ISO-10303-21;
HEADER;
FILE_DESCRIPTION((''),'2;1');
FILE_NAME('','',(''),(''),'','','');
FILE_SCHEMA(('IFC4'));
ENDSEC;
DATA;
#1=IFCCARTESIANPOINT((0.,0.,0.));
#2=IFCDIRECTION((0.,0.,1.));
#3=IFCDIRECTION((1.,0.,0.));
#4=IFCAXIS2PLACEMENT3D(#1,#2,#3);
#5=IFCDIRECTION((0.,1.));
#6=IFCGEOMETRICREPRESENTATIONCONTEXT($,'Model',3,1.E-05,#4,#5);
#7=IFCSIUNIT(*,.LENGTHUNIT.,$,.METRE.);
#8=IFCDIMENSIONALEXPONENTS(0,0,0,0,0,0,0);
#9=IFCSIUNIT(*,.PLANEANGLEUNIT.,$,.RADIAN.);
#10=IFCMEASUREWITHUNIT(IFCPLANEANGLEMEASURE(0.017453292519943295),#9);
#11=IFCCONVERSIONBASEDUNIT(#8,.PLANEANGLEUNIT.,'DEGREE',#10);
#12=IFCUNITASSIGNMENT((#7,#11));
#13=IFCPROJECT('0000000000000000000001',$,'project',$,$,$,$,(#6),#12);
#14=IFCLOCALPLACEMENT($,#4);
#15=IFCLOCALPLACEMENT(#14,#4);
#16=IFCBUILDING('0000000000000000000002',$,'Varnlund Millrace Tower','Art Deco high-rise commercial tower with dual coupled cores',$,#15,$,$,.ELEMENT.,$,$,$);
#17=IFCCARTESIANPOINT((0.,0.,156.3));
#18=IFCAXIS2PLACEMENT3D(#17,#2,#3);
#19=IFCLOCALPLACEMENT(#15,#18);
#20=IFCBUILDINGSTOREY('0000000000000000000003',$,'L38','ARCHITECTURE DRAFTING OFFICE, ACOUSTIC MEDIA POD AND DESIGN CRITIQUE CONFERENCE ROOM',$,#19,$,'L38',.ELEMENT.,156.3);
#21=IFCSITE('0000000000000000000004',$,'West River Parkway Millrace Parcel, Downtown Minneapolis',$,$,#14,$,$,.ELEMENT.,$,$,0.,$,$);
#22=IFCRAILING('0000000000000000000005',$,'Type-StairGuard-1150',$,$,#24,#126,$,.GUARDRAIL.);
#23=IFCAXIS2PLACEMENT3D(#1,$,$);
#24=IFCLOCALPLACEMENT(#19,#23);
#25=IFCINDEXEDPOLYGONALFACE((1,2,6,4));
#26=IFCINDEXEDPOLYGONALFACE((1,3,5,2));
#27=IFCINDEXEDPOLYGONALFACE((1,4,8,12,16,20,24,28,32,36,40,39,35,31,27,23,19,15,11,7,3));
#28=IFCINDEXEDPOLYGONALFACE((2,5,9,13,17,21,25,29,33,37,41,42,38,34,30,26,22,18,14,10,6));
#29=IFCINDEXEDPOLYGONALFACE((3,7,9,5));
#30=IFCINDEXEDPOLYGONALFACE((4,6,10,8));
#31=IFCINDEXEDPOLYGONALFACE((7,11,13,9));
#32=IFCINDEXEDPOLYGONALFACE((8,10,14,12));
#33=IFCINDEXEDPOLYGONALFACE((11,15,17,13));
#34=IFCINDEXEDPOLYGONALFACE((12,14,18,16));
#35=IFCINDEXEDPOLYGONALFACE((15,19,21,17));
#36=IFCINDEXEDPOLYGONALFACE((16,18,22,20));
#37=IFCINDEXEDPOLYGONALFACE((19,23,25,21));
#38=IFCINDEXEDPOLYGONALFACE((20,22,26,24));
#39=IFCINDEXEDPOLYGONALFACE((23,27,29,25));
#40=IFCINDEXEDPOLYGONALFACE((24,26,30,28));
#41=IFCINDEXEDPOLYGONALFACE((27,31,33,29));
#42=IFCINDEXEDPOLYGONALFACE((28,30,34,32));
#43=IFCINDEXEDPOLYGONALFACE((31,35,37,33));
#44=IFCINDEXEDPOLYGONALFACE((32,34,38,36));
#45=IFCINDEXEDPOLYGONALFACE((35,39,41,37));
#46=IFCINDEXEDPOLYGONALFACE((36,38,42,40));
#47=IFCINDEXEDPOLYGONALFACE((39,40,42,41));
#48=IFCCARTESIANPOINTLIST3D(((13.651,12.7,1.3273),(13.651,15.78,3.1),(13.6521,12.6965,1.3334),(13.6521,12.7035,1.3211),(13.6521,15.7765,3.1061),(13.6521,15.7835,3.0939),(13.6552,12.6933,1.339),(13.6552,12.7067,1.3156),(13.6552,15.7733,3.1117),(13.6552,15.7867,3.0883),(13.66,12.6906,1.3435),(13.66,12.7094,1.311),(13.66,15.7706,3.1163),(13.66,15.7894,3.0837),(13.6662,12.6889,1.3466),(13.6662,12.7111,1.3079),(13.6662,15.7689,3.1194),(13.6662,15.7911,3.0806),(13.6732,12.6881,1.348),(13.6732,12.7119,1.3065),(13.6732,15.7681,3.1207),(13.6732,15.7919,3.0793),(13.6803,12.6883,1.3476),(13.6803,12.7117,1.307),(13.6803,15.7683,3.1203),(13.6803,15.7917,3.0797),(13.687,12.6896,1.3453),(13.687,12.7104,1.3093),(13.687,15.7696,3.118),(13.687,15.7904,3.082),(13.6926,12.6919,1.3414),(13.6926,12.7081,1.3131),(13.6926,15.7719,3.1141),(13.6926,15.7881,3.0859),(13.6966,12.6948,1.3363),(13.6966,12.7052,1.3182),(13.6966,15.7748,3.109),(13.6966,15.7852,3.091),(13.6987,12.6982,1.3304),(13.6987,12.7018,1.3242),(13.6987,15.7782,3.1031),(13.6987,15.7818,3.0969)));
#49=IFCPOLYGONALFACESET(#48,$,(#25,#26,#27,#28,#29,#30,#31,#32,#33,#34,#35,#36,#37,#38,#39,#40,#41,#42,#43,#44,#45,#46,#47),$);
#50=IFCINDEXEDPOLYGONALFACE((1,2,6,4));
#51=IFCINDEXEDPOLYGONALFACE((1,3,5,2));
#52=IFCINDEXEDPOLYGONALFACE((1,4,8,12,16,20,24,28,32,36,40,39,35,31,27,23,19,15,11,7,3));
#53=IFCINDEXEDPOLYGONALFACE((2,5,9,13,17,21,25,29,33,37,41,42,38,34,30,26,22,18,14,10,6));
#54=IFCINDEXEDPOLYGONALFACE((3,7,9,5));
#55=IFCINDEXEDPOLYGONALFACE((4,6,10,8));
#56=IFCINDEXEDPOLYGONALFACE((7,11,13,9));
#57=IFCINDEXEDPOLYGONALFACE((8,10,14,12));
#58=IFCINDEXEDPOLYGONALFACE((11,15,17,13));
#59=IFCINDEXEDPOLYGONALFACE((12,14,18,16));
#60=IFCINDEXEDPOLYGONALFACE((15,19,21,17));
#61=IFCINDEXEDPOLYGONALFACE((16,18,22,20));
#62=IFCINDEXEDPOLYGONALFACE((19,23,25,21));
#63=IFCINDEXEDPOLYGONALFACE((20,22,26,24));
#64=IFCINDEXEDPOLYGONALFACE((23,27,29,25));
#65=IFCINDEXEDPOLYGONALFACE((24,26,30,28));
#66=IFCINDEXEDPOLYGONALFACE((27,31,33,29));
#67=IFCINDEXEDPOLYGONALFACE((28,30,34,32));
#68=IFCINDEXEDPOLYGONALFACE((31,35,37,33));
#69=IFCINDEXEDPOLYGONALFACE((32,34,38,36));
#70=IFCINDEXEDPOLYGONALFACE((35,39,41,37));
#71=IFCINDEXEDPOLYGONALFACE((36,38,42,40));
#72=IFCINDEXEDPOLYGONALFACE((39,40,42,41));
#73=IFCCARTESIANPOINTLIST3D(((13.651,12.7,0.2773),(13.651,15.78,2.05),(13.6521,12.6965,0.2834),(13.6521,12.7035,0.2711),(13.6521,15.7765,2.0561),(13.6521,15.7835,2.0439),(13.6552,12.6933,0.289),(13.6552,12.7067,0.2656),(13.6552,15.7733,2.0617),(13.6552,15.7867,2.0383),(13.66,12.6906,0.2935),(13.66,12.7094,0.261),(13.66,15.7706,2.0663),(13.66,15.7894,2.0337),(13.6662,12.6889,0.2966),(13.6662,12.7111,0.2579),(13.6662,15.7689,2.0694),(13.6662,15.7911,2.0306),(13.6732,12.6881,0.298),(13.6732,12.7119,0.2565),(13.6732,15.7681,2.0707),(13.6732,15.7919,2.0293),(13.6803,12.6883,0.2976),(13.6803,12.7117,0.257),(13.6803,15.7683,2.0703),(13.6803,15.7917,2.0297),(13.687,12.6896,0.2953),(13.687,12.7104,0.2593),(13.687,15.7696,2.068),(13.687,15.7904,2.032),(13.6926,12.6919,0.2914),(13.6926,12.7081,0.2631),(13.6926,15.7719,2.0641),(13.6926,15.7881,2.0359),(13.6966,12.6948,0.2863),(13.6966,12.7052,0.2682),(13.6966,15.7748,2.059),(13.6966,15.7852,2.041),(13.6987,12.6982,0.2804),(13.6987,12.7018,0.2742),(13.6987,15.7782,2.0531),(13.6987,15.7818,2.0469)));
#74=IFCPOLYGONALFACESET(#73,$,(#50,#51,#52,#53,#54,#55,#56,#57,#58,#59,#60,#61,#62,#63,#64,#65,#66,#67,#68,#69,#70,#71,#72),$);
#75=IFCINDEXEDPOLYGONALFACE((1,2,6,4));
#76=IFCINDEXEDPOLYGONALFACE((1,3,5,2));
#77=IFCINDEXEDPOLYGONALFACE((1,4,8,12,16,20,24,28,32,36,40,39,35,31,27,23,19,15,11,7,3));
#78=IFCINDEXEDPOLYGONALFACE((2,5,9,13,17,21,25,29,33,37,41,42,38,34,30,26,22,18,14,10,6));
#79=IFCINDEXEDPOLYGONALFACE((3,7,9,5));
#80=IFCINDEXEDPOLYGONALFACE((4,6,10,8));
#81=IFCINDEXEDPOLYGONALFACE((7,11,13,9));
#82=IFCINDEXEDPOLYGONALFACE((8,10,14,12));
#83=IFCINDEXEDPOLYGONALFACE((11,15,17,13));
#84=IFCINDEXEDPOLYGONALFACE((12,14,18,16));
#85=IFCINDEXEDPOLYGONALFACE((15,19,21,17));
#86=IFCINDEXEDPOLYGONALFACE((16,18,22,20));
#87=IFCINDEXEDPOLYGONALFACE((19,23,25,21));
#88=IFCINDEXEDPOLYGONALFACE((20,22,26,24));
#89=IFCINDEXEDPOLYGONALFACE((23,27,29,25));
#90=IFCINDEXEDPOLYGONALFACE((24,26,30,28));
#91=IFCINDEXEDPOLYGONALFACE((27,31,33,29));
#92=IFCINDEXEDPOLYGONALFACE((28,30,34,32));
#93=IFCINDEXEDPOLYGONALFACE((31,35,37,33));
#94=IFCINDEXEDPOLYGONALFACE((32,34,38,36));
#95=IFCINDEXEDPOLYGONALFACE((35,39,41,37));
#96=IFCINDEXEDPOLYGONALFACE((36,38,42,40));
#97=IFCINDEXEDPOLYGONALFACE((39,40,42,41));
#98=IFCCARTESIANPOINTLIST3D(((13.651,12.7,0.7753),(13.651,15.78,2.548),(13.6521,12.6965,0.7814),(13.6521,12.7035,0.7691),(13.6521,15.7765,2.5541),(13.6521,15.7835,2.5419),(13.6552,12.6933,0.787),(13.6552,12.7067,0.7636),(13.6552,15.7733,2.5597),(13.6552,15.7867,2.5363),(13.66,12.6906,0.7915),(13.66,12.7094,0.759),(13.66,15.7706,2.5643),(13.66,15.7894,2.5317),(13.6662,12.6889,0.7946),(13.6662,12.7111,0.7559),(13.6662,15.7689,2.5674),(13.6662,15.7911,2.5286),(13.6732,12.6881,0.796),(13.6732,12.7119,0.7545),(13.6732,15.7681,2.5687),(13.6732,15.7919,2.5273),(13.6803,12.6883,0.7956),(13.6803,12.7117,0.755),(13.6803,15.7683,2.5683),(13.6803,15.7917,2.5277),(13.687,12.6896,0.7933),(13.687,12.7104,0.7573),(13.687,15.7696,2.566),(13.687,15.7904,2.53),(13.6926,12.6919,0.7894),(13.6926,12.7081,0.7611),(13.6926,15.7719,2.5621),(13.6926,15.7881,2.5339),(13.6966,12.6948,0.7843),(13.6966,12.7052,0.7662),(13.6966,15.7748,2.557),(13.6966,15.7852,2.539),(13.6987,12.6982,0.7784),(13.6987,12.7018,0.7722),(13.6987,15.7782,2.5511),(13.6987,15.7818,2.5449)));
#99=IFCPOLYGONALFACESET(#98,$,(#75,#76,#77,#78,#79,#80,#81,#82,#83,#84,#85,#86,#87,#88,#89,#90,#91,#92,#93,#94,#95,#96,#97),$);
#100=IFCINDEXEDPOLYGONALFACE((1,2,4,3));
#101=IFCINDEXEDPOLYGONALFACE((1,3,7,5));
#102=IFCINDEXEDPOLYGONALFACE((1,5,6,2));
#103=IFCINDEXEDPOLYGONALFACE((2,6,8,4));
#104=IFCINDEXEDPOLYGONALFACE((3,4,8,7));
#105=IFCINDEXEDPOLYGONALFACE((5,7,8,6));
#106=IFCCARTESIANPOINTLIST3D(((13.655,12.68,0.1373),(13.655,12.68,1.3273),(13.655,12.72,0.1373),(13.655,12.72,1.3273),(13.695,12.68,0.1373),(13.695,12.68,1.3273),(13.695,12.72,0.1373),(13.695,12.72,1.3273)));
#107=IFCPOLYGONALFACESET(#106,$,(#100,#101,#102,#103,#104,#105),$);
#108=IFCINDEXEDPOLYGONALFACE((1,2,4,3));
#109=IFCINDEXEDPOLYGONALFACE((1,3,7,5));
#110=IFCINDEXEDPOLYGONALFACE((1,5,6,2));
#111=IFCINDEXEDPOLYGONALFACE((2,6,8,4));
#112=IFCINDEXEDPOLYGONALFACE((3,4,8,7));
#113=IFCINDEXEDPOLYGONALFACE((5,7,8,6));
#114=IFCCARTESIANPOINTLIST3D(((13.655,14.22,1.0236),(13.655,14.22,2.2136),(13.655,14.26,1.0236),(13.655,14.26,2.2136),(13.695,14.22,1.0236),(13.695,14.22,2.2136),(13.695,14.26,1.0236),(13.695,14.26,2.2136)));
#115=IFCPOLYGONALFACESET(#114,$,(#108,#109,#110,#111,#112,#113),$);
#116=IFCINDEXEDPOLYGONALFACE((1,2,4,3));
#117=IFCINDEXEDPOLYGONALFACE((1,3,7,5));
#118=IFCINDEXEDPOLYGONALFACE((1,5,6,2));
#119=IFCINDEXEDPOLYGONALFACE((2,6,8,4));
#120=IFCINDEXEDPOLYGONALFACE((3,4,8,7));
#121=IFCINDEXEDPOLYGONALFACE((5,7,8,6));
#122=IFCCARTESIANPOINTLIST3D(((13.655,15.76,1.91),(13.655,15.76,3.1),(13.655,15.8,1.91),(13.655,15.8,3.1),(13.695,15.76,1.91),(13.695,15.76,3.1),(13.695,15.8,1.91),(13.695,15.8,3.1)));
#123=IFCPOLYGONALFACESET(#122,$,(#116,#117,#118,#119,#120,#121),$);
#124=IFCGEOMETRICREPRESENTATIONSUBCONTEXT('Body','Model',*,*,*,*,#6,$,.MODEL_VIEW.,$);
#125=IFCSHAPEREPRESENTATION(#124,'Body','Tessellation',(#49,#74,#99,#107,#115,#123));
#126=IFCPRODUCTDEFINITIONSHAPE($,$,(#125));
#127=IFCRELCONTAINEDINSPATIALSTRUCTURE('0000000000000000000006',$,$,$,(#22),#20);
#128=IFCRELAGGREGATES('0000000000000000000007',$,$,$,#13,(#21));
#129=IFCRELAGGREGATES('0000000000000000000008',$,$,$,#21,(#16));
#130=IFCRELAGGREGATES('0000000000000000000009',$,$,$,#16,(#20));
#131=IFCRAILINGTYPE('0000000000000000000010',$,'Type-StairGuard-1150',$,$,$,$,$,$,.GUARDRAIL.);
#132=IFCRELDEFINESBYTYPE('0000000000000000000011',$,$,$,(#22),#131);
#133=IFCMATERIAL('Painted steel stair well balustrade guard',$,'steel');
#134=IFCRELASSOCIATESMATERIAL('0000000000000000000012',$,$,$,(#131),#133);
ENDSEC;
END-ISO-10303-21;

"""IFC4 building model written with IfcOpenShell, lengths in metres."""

from ifc_helpers import new_model, entity, si_unit, converted_unit, direction, frame, origin_with_axes, origin_2d_with_axis, place, context, subcontext, project, spatial, rectangle, circle, extrude, material, type_object, element, save


model = new_model("IFC4")

# Units and contexts
model_context = context("Model", 3, precision=1e-05, world=origin_with_axes(), true_north=direction((0.0, 1.0)))
body_context = subcontext(model_context, "Body", "Model", "MODEL_VIEW")
ifc_project = project(units=[si_unit("LENGTHUNIT", "METRE"), converted_unit("PLANEANGLEUNIT", "DEGREE", entity("IfcPlaneAngleMeasure", 0.017453292519943295), si_unit("PLANEANGLEUNIT", "RADIAN"), dimensions=[0, 0, 0, 0, 0, 0, 0])], contexts=[model_context])

# Site, building, storey
site_placement = place(None, origin_with_axes())
site = spatial("IfcSite", under=ifc_project, at=site_placement, Name="West River Parkway Millrace Parcel, Downtown Minneapolis", CompositionType="ELEMENT", RefElevation=0.0)
building_placement = place(site_placement, origin_with_axes())
building = spatial("IfcBuilding", under=site, at=building_placement, Name="Varnlund Millrace Tower", Description="Art Deco high-rise commercial tower with dual coupled cores", CompositionType="ELEMENT")
storey_placement = place(building_placement, frame((0.0, 0.0, 156.3), z_axis=(0.0, 0.0, 1.0), x_axis=(1.0, 0.0, 0.0)))
storey = spatial("IfcBuildingStorey", under=building, at=storey_placement, Name="L38", Description="ARCHITECTURE DRAFTING OFFICE, ACOUSTIC MEDIA POD AND DESIGN CRITIQUE CONFERENCE ROOM", LongName="L38", CompositionType="ELEMENT", Elevation=156.3)

# Railing
ifc_material_1 = material(Name="Painted steel stair well balustrade guard", Category="steel")
railing_type_1 = type_object("IfcRailingType", Name="Type-StairGuard-1150", PredefinedType="GUARDRAIL", material=ifc_material_1)
railing_1_placement = place(storey_placement, frame((0.0, 0.0, -156.3), z_axis=(0.0, 0.0, 1.0), x_axis=(1.0, 0.0, 0.0)))
element("IfcRailing", 1, at=railing_1_placement, inside=storey, type_object=railing_type_1, Name="Type-StairGuard-1150", PredefinedType="GUARDRAIL", context=body_context, shape_type="SweptSolid", body=[
    extrude(circle(Radius=0.024, at=origin_2d_with_axis()), frame((13.675, 12.7, 157.6273), z_axis=(0.0, 0.866696, 0.498836), x_axis=(-1.0, 0.0, 0.0)), (0.0, 0.0, 1.0), 3.5537),
    extrude(circle(Radius=0.024, at=origin_2d_with_axis()), frame((13.675, 12.7, 156.5773), z_axis=(0.0, 0.866696, 0.498836), x_axis=(-1.0, 0.0, 0.0)), (0.0, 0.0, 1.0), 3.5537),
    extrude(circle(Radius=0.024, at=origin_2d_with_axis()), frame((13.675, 12.7, 157.0753), z_axis=(0.0, 0.866696, 0.498836), x_axis=(-1.0, 0.0, 0.0)), (0.0, 0.0, 1.0), 3.5537),
    extrude(rectangle(XDim=0.04, YDim=0.04, at=origin_2d_with_axis()), frame((13.675, 12.7, 156.4373), z_axis=(0.0, 0.0, 1.0), x_axis=(1.0, 0.0, 0.0)), (0.0, 0.0, 1.0), 1.19),
    extrude(rectangle(XDim=0.04, YDim=0.04, at=origin_2d_with_axis()), frame((13.675, 14.24, 157.3236), z_axis=(0.0, 0.0, 1.0), x_axis=(1.0, 0.0, 0.0)), (0.0, 0.0, 1.0), 1.19),
    extrude(rectangle(XDim=0.04, YDim=0.04, at=origin_2d_with_axis()), frame((13.675, 15.78, 158.21), z_axis=(0.0, 0.0, 1.0), x_axis=(1.0, 0.0, 0.0)), (0.0, 0.0, 1.0), 1.19),
])

save(model, "model.ifc")
